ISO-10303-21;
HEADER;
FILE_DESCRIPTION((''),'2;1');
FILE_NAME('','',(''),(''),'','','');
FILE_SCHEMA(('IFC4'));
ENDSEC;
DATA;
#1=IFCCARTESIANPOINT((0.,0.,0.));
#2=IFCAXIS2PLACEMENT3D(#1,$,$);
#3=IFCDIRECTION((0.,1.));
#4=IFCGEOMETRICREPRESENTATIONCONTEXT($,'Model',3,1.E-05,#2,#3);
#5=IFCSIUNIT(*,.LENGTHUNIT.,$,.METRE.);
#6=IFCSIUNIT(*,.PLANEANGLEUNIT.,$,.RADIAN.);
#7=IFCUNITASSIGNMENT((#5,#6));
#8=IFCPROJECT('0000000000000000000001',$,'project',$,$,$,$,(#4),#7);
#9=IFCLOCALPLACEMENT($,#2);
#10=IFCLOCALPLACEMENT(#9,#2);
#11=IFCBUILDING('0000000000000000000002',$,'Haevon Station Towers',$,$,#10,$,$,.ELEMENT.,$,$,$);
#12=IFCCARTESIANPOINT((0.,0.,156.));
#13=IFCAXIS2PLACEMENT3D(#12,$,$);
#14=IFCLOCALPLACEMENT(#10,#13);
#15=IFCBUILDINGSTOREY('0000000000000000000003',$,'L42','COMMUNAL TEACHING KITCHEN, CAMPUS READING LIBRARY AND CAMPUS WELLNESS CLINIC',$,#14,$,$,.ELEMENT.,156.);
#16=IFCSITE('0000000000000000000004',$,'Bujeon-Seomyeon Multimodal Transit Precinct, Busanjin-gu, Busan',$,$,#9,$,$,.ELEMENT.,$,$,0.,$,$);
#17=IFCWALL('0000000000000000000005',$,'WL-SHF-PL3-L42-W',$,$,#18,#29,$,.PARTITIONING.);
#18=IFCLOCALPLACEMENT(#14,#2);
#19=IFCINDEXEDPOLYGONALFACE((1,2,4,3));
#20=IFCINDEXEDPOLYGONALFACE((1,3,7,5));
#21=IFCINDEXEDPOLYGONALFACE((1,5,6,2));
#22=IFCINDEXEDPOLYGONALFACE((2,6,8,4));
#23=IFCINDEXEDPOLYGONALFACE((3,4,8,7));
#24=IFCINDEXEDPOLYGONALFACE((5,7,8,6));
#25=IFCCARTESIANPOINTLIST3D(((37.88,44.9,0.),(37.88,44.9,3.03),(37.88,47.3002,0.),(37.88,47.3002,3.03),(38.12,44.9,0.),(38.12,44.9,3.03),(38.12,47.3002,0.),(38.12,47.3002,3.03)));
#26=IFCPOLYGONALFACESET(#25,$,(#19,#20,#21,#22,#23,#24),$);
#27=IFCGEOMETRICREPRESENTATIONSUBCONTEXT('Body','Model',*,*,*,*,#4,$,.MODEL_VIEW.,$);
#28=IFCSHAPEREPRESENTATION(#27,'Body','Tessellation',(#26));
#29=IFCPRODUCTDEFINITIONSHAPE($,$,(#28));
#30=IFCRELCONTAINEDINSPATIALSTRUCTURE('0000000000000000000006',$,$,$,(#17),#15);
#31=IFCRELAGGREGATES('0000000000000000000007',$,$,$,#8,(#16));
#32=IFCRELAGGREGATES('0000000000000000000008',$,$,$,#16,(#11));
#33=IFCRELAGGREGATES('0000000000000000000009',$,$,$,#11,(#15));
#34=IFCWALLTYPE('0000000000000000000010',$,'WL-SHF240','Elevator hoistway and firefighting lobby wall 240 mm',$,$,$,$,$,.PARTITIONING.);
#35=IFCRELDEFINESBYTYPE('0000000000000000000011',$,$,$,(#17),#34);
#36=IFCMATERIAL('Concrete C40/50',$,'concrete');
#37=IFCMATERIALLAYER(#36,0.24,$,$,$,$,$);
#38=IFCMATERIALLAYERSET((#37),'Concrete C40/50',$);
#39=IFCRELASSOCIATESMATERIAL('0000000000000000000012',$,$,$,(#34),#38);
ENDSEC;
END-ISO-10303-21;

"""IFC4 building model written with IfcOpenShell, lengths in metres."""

from ifc_helpers import new_model, si_unit, direction, frame, frame_2d, origin, place, context, subcontext, project, spatial, rectangle, extrude, material, layer, layer_set, type_object, element, save


model = new_model("IFC4")

# Units and contexts
model_context = context("Model", 3, precision=1e-05, world=origin(), true_north=direction((0.0, 1.0)))
body_context = subcontext(model_context, "Body", "Model", "MODEL_VIEW")
ifc_project = project(units=[si_unit("LENGTHUNIT", "METRE"), si_unit("PLANEANGLEUNIT", "RADIAN")], contexts=[model_context])

# Site, building, storey
site_placement = place(None, origin())
site = spatial("IfcSite", under=ifc_project, at=site_placement, Name="Bujeon-Seomyeon Multimodal Transit Precinct, Busanjin-gu, Busan", CompositionType="ELEMENT", RefElevation=0.0)
building_placement = place(site_placement, origin())
building = spatial("IfcBuilding", under=site, at=building_placement, Name="Haevon Station Towers", CompositionType="ELEMENT")
storey_placement = place(building_placement, frame((0.0, 0.0, 156.0)))
storey = spatial("IfcBuildingStorey", under=building, at=storey_placement, Name="L42", Description="COMMUNAL TEACHING KITCHEN, CAMPUS READING LIBRARY AND CAMPUS WELLNESS CLINIC", CompositionType="ELEMENT", Elevation=156.0)

# Shared definitions
ifc_material_1 = material(Name="Concrete C40/50", Category="concrete")
ifc_layer_1 = layer(ifc_material_1, 0.24)
ifc_layer_set_1 = layer_set([ifc_layer_1], Name="Concrete C40/50")
wall_type_1 = type_object("IfcWallType", Name="WL-SHF240", Description="Elevator hoistway and firefighting lobby wall 240 mm", PredefinedType="PARTITIONING", material=ifc_layer_set_1)

# Wall
wall_1_placement = place(storey_placement, frame((38.0, 44.8999, 0.0), z_axis=(0.0, 0.0, 1.0), x_axis=(0.0, 1.0, 0.0)))
element("IfcWall", 1, at=wall_1_placement, inside=storey, type_object=wall_type_1, Name="WL-SHF-PL3-L42-W", PredefinedType="PARTITIONING", context=body_context, shape_type="SweptSolid", body=[
    extrude(rectangle(XDim=2.4001, YDim=0.24, at=frame_2d((1.2002, 0.0))), origin(), (0.0, 0.0, 1.0), 3.03),
])

save(model, "model.ifc")
